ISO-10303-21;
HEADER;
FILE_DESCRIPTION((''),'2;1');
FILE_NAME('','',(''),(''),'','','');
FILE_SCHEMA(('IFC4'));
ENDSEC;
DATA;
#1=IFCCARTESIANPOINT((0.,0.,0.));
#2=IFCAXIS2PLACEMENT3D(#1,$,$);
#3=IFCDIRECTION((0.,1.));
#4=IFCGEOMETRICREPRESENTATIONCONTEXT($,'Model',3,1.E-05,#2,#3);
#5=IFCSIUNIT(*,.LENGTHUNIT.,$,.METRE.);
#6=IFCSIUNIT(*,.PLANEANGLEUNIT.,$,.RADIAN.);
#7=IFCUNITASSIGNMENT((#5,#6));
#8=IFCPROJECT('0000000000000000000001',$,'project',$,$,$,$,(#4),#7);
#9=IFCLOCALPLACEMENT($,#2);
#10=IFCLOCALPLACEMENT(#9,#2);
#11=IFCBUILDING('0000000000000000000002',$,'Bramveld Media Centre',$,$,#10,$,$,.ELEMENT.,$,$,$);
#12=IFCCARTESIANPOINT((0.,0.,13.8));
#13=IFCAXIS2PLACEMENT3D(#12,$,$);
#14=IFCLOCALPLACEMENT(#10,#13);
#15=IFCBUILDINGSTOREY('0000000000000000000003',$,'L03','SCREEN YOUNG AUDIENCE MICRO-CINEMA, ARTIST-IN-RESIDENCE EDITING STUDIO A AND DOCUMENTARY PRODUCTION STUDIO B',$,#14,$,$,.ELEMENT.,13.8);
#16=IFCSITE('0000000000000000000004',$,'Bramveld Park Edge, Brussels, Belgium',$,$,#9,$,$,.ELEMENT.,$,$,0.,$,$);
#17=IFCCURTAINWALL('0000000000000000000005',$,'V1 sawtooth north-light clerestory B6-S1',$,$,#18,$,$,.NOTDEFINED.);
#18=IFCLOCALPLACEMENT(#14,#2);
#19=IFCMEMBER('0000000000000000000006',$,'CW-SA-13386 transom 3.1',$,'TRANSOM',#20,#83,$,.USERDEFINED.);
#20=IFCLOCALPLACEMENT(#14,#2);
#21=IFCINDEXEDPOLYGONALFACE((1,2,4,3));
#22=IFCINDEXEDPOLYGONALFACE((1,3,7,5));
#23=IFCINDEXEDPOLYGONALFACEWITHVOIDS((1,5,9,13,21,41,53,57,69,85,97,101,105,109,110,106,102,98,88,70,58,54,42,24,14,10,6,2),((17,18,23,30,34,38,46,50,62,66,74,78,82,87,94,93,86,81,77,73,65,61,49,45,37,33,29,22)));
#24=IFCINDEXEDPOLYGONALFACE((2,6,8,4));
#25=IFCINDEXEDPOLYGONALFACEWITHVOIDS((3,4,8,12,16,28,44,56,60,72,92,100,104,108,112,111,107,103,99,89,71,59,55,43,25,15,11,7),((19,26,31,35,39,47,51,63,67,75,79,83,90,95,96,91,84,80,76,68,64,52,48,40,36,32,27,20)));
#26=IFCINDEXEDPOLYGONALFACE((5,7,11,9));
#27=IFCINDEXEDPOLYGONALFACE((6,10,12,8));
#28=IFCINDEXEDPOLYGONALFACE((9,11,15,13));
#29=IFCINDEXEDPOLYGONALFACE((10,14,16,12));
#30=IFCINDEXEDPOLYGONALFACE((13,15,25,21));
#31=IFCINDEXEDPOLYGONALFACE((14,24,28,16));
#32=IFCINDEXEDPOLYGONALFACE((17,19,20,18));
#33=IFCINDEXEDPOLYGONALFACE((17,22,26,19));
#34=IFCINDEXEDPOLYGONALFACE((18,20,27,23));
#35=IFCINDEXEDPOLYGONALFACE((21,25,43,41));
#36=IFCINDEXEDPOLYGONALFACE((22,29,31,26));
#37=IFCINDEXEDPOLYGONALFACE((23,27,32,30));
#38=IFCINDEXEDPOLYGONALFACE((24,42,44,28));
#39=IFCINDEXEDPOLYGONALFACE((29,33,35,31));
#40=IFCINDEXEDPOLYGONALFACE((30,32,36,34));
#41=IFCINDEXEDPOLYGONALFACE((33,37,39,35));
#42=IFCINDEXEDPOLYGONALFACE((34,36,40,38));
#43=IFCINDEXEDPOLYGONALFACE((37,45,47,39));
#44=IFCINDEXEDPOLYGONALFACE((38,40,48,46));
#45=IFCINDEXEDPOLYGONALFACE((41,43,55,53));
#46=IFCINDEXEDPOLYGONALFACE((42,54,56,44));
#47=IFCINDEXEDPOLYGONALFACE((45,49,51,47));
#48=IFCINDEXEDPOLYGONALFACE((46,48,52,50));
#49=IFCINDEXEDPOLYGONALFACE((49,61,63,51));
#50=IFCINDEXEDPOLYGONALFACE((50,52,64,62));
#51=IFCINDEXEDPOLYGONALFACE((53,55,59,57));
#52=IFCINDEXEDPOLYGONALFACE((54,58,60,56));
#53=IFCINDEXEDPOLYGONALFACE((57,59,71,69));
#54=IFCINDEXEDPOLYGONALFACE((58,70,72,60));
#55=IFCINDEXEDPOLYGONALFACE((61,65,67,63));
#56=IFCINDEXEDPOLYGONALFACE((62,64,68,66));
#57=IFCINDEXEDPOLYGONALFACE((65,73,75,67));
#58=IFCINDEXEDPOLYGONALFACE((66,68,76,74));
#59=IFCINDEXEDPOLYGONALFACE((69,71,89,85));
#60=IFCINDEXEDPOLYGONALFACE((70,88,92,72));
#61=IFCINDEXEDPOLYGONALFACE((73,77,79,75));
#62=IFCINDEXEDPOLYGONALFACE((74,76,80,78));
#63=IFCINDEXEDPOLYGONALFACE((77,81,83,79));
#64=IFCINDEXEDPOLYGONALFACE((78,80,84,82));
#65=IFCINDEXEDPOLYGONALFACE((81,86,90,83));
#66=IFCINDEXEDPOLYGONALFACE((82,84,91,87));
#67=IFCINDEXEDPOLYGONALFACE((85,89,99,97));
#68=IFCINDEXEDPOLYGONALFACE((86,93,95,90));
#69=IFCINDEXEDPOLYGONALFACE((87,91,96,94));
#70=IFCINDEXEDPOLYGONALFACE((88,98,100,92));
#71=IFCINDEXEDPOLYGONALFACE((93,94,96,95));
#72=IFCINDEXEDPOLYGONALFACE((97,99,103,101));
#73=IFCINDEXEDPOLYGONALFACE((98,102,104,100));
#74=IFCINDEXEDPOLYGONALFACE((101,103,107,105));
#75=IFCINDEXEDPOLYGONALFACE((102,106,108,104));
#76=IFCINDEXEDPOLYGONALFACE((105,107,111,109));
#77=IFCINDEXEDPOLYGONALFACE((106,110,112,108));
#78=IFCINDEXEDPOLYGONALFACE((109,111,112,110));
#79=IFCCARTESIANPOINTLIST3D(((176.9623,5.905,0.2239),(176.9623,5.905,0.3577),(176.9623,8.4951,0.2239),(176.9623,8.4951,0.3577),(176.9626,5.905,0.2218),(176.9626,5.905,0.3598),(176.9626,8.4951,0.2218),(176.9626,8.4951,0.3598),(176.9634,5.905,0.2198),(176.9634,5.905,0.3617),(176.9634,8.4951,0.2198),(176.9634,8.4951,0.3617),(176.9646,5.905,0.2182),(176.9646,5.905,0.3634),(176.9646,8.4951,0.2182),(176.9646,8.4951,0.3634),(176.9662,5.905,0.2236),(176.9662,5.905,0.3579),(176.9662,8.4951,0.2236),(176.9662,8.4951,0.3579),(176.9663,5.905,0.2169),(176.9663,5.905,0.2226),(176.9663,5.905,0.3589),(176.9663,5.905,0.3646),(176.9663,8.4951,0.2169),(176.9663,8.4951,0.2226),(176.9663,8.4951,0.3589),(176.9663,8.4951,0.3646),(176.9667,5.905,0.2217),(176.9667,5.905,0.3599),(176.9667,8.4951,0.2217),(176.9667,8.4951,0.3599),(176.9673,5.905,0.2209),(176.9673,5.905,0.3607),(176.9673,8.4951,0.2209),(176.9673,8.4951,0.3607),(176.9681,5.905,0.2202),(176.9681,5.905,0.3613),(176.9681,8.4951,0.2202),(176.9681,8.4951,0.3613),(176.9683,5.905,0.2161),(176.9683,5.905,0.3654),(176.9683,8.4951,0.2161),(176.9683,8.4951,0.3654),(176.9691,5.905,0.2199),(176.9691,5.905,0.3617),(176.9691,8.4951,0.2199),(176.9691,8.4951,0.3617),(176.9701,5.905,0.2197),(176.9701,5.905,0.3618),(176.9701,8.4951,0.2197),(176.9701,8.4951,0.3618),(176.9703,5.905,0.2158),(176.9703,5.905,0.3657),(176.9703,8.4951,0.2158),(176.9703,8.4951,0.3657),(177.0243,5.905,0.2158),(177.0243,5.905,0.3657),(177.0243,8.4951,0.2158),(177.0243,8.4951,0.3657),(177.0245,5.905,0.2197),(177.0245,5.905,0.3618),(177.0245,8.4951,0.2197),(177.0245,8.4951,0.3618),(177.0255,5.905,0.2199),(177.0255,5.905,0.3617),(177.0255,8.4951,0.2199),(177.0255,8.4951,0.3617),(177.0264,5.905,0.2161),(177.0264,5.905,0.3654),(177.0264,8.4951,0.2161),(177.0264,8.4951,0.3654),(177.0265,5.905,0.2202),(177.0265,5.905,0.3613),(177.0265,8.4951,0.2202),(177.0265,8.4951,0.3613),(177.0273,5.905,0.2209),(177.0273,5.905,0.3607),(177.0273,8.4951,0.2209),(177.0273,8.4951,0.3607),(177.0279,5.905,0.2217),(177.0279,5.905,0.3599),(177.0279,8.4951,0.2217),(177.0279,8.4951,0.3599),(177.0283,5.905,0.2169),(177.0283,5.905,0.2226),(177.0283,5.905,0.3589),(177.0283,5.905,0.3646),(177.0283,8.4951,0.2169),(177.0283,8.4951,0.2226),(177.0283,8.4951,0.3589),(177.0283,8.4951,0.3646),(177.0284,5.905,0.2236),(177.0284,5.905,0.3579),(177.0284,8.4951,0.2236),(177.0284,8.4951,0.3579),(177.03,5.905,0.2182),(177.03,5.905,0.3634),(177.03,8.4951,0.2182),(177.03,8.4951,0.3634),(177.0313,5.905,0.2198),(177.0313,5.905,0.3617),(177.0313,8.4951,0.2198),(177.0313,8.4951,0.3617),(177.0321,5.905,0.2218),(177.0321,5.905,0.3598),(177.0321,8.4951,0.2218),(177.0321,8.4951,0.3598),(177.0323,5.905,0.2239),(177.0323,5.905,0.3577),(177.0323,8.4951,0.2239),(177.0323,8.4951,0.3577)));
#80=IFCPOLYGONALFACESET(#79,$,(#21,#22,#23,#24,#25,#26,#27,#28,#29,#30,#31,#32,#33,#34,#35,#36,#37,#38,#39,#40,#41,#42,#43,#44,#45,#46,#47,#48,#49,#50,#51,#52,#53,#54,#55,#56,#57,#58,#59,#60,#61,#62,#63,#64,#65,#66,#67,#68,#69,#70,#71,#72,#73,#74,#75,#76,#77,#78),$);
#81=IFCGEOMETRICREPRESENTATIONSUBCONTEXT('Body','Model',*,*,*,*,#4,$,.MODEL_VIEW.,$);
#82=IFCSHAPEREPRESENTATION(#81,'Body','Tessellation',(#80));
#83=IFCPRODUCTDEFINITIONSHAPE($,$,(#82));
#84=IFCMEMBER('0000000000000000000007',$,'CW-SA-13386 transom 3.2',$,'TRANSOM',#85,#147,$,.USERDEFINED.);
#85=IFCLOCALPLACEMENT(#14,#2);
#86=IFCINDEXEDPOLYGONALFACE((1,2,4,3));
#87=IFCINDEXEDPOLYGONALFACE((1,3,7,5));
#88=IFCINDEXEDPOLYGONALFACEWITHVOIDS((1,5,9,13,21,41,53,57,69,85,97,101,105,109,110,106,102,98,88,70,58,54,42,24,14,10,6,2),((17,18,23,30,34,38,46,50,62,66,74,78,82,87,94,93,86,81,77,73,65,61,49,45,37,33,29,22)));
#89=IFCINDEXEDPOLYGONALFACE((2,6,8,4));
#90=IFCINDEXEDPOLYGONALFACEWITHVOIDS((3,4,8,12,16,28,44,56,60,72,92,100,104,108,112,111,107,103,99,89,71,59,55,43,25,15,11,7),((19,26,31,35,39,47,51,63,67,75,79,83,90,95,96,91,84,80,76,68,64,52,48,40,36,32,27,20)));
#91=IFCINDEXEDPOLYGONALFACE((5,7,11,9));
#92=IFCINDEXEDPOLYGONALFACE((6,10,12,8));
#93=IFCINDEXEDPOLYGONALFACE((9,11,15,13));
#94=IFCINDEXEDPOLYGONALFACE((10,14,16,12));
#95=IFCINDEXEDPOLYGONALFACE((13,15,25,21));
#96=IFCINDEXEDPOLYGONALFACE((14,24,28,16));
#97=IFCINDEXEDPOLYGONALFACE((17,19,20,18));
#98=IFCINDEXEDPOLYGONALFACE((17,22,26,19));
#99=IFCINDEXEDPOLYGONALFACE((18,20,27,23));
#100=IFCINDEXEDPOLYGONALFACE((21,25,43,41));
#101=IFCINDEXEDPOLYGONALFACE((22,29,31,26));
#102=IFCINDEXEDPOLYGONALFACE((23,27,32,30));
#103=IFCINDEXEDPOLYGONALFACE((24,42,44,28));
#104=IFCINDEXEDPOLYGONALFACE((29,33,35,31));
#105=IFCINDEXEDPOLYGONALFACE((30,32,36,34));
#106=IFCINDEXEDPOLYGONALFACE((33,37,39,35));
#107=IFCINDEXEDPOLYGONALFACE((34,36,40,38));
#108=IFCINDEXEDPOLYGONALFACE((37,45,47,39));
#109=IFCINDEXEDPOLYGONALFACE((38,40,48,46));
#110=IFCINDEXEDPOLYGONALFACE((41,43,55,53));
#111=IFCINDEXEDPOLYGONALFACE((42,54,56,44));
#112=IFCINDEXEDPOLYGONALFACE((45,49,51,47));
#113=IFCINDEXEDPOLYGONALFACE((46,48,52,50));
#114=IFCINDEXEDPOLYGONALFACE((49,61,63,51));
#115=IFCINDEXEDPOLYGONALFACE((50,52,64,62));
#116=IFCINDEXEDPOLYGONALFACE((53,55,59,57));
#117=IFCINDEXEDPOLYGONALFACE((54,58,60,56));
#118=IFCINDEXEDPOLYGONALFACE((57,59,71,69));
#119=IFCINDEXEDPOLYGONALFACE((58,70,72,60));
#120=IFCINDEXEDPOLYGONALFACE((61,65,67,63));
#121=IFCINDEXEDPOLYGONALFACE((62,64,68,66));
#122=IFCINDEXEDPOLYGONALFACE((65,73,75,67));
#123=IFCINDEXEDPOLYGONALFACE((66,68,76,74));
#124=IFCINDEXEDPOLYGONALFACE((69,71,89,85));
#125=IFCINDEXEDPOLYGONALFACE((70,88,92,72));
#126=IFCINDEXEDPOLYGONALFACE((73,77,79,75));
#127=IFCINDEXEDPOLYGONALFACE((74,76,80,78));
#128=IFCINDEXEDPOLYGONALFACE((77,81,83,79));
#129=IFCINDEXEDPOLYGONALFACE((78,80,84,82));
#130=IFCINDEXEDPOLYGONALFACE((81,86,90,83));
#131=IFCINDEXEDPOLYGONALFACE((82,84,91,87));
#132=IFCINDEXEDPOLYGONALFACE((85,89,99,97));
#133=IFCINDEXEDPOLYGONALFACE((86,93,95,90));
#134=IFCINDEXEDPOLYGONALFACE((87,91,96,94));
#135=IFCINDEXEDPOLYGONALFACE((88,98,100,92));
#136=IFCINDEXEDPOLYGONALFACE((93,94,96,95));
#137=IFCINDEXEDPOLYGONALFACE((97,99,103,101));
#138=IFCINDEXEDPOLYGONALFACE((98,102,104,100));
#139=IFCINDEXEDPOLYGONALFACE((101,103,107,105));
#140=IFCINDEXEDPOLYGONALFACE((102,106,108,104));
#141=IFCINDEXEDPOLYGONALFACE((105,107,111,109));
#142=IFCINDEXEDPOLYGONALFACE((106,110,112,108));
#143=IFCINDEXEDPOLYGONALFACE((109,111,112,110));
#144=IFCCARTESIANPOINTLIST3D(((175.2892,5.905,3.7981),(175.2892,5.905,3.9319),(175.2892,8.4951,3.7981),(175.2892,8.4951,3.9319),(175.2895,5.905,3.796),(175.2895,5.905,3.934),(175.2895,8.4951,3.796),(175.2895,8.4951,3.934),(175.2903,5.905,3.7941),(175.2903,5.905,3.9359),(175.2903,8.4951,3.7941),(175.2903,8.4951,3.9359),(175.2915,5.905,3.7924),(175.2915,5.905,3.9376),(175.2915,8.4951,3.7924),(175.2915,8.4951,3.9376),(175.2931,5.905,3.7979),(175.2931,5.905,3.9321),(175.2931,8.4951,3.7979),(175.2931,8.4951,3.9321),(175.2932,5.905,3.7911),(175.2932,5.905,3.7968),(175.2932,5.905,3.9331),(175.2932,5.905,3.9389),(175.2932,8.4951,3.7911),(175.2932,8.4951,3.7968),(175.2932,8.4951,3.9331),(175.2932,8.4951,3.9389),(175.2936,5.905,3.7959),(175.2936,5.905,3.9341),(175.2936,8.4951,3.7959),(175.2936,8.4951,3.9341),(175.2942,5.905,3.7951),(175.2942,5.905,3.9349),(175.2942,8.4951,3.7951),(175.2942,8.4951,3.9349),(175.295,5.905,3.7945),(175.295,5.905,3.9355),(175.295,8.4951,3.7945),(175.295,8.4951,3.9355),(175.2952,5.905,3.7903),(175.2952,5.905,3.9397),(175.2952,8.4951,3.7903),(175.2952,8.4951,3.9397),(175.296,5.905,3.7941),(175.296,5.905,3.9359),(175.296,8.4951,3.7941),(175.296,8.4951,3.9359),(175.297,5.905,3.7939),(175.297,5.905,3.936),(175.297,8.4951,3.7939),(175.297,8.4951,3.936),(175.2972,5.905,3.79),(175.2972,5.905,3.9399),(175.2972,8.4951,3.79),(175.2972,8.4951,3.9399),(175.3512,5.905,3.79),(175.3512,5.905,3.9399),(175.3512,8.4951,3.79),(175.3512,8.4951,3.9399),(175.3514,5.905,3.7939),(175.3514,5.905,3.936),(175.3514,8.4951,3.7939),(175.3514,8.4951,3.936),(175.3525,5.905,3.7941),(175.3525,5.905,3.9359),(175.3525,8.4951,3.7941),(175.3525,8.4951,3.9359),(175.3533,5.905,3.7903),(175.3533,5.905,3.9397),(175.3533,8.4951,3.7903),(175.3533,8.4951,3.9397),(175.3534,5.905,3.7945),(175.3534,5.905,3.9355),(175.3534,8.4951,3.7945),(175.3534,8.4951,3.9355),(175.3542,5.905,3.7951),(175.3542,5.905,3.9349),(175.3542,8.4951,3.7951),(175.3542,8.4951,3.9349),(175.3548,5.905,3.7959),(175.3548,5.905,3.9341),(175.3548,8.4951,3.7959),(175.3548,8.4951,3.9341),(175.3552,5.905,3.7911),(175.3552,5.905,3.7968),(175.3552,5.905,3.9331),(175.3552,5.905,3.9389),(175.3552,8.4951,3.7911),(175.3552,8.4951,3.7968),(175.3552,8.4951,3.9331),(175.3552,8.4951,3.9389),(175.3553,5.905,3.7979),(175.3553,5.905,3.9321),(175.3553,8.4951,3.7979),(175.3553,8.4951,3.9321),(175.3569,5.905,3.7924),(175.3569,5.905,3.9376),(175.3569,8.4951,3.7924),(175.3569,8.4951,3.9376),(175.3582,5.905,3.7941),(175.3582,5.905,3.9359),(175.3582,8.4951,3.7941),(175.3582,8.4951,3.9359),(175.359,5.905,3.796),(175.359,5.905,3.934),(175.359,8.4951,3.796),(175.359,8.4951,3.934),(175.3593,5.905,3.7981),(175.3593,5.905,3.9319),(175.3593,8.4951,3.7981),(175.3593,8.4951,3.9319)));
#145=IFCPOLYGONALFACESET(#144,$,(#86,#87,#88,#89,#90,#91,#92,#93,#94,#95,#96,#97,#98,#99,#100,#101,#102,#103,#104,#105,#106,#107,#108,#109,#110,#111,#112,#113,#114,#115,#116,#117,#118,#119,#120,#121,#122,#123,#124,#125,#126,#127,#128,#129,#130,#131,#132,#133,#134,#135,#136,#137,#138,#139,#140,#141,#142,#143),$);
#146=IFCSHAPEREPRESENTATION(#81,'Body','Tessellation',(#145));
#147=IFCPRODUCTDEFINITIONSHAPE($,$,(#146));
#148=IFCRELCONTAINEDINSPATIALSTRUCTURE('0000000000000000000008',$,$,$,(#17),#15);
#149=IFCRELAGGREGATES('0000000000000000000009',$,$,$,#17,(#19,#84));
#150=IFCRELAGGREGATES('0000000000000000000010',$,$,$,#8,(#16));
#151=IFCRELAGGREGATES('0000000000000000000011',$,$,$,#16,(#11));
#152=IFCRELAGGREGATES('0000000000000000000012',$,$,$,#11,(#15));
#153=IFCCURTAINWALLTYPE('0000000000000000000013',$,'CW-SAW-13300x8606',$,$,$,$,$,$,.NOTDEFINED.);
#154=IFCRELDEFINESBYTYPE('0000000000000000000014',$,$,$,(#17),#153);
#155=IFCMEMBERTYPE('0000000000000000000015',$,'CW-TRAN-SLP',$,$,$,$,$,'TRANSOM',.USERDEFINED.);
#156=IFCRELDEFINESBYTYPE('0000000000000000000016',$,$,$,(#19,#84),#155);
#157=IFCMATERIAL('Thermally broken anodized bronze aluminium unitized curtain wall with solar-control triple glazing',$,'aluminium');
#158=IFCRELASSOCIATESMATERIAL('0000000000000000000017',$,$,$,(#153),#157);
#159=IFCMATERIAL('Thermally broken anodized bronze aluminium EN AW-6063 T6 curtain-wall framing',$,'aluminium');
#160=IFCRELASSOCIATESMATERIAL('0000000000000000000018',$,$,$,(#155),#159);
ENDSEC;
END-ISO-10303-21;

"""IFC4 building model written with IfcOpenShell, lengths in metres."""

from ifc_helpers import new_model, si_unit, direction, frame, origin, origin_2d, place, context, subcontext, project, spatial, hollow_rectangle, extrude, material, material_profile, profile_set, type_object, element, aggregate, save


model = new_model("IFC4")

# Units and contexts
model_context = context("Model", 3, precision=1e-05, world=origin(), true_north=direction((0.0, 1.0)))
body_context = subcontext(model_context, "Body", "Model", "MODEL_VIEW")
ifc_project = project(units=[si_unit("LENGTHUNIT", "METRE"), si_unit("PLANEANGLEUNIT", "RADIAN")], contexts=[model_context])

# Site, building, storey
site_placement = place(None, origin())
site = spatial("IfcSite", under=ifc_project, at=site_placement, Name="Bramveld Park Edge, Brussels, Belgium", CompositionType="ELEMENT", RefElevation=0.0)
building_placement = place(site_placement, origin())
building = spatial("IfcBuilding", under=site, at=building_placement, Name="Bramveld Media Centre", CompositionType="ELEMENT")
storey_placement = place(building_placement, frame((0.0, 0.0, 13.8)))
storey = spatial("IfcBuildingStorey", under=building, at=storey_placement, Name="L03", Description="SCREEN YOUNG AUDIENCE MICRO-CINEMA, ARTIST-IN-RESIDENCE EDITING STUDIO A AND DOCUMENTARY PRODUCTION STUDIO B", CompositionType="ELEMENT", Elevation=13.8)

# Curtain wall, members
ifc_material_1 = material(Name="Thermally broken anodized bronze aluminium unitized curtain wall with solar-control triple glazing", Category="aluminium")
curtain_wall_type = type_object("IfcCurtainWallType", Name="CW-SAW-13300x8606", PredefinedType="NOTDEFINED", material=ifc_material_1)
curtain_wall_placement = place(storey_placement, origin())
curtain_wall = element("IfcCurtainWall", 1, at=curtain_wall_placement, inside=storey, type_object=curtain_wall_type, Name="V1 sawtooth north-light clerestory B6-S1", PredefinedType="NOTDEFINED")
ifc_material_2 = material(Name="Thermally broken anodized bronze aluminium EN AW-6063 T6 curtain-wall framing", Category="aluminium")
ifc_material_profile_1 = material_profile(ifc_material_2, hollow_rectangle(XDim=0.0701, YDim=0.1499, WallThickness=0.0039, InnerFilletRadius=0.0039, OuterFilletRadius=0.0081, at=origin_2d()), Name="AL-TRAN 70x150")
ifc_profile_set_1 = profile_set([ifc_material_profile_1], Name="Thermally broken anodized bronze aluminium EN AW-6063 T6 curtain-wall framing")
member_type_1 = type_object("IfcMemberType", Name="CW-TRAN-SLP", ElementType="TRANSOM", PredefinedType="USERDEFINED", material=ifc_profile_set_1)
member_1_placement = place(storey_placement, frame((176.9973, 5.905, 0.2908), z_axis=(0.0, 1.0, 0.0), x_axis=(-1.0, 0.0, 0.0)))
member_1 = element("IfcMember", 2, at=member_1_placement, type_object=member_type_1, Name="CW-SA-13386 transom 3.1", ObjectType="TRANSOM", PredefinedType="USERDEFINED", context=body_context, shape_type="SweptSolid", body=[
    extrude(hollow_rectangle(XDim=0.0701, YDim=0.1499, WallThickness=0.0039, InnerFilletRadius=0.0039, OuterFilletRadius=0.0081, at=origin_2d()), origin(), (0.0, 0.0, 1.0), 2.5901),
])
member_2_placement = place(storey_placement, frame((175.3242, 5.905, 3.865), z_axis=(0.0, 1.0, 0.0), x_axis=(-1.0, 0.0, 0.0)))
member_2 = element("IfcMember", 3, at=member_2_placement, type_object=member_type_1, Name="CW-SA-13386 transom 3.2", ObjectType="TRANSOM", PredefinedType="USERDEFINED", context=body_context, shape_type="SweptSolid", body=[
    extrude(hollow_rectangle(XDim=0.0701, YDim=0.1499, WallThickness=0.0039, InnerFilletRadius=0.0039, OuterFilletRadius=0.0081, at=origin_2d()), origin(), (0.0, 0.0, 1.0), 2.5901),
])

aggregate(curtain_wall, [member_1, member_2])

save(model, "model.ifc")
